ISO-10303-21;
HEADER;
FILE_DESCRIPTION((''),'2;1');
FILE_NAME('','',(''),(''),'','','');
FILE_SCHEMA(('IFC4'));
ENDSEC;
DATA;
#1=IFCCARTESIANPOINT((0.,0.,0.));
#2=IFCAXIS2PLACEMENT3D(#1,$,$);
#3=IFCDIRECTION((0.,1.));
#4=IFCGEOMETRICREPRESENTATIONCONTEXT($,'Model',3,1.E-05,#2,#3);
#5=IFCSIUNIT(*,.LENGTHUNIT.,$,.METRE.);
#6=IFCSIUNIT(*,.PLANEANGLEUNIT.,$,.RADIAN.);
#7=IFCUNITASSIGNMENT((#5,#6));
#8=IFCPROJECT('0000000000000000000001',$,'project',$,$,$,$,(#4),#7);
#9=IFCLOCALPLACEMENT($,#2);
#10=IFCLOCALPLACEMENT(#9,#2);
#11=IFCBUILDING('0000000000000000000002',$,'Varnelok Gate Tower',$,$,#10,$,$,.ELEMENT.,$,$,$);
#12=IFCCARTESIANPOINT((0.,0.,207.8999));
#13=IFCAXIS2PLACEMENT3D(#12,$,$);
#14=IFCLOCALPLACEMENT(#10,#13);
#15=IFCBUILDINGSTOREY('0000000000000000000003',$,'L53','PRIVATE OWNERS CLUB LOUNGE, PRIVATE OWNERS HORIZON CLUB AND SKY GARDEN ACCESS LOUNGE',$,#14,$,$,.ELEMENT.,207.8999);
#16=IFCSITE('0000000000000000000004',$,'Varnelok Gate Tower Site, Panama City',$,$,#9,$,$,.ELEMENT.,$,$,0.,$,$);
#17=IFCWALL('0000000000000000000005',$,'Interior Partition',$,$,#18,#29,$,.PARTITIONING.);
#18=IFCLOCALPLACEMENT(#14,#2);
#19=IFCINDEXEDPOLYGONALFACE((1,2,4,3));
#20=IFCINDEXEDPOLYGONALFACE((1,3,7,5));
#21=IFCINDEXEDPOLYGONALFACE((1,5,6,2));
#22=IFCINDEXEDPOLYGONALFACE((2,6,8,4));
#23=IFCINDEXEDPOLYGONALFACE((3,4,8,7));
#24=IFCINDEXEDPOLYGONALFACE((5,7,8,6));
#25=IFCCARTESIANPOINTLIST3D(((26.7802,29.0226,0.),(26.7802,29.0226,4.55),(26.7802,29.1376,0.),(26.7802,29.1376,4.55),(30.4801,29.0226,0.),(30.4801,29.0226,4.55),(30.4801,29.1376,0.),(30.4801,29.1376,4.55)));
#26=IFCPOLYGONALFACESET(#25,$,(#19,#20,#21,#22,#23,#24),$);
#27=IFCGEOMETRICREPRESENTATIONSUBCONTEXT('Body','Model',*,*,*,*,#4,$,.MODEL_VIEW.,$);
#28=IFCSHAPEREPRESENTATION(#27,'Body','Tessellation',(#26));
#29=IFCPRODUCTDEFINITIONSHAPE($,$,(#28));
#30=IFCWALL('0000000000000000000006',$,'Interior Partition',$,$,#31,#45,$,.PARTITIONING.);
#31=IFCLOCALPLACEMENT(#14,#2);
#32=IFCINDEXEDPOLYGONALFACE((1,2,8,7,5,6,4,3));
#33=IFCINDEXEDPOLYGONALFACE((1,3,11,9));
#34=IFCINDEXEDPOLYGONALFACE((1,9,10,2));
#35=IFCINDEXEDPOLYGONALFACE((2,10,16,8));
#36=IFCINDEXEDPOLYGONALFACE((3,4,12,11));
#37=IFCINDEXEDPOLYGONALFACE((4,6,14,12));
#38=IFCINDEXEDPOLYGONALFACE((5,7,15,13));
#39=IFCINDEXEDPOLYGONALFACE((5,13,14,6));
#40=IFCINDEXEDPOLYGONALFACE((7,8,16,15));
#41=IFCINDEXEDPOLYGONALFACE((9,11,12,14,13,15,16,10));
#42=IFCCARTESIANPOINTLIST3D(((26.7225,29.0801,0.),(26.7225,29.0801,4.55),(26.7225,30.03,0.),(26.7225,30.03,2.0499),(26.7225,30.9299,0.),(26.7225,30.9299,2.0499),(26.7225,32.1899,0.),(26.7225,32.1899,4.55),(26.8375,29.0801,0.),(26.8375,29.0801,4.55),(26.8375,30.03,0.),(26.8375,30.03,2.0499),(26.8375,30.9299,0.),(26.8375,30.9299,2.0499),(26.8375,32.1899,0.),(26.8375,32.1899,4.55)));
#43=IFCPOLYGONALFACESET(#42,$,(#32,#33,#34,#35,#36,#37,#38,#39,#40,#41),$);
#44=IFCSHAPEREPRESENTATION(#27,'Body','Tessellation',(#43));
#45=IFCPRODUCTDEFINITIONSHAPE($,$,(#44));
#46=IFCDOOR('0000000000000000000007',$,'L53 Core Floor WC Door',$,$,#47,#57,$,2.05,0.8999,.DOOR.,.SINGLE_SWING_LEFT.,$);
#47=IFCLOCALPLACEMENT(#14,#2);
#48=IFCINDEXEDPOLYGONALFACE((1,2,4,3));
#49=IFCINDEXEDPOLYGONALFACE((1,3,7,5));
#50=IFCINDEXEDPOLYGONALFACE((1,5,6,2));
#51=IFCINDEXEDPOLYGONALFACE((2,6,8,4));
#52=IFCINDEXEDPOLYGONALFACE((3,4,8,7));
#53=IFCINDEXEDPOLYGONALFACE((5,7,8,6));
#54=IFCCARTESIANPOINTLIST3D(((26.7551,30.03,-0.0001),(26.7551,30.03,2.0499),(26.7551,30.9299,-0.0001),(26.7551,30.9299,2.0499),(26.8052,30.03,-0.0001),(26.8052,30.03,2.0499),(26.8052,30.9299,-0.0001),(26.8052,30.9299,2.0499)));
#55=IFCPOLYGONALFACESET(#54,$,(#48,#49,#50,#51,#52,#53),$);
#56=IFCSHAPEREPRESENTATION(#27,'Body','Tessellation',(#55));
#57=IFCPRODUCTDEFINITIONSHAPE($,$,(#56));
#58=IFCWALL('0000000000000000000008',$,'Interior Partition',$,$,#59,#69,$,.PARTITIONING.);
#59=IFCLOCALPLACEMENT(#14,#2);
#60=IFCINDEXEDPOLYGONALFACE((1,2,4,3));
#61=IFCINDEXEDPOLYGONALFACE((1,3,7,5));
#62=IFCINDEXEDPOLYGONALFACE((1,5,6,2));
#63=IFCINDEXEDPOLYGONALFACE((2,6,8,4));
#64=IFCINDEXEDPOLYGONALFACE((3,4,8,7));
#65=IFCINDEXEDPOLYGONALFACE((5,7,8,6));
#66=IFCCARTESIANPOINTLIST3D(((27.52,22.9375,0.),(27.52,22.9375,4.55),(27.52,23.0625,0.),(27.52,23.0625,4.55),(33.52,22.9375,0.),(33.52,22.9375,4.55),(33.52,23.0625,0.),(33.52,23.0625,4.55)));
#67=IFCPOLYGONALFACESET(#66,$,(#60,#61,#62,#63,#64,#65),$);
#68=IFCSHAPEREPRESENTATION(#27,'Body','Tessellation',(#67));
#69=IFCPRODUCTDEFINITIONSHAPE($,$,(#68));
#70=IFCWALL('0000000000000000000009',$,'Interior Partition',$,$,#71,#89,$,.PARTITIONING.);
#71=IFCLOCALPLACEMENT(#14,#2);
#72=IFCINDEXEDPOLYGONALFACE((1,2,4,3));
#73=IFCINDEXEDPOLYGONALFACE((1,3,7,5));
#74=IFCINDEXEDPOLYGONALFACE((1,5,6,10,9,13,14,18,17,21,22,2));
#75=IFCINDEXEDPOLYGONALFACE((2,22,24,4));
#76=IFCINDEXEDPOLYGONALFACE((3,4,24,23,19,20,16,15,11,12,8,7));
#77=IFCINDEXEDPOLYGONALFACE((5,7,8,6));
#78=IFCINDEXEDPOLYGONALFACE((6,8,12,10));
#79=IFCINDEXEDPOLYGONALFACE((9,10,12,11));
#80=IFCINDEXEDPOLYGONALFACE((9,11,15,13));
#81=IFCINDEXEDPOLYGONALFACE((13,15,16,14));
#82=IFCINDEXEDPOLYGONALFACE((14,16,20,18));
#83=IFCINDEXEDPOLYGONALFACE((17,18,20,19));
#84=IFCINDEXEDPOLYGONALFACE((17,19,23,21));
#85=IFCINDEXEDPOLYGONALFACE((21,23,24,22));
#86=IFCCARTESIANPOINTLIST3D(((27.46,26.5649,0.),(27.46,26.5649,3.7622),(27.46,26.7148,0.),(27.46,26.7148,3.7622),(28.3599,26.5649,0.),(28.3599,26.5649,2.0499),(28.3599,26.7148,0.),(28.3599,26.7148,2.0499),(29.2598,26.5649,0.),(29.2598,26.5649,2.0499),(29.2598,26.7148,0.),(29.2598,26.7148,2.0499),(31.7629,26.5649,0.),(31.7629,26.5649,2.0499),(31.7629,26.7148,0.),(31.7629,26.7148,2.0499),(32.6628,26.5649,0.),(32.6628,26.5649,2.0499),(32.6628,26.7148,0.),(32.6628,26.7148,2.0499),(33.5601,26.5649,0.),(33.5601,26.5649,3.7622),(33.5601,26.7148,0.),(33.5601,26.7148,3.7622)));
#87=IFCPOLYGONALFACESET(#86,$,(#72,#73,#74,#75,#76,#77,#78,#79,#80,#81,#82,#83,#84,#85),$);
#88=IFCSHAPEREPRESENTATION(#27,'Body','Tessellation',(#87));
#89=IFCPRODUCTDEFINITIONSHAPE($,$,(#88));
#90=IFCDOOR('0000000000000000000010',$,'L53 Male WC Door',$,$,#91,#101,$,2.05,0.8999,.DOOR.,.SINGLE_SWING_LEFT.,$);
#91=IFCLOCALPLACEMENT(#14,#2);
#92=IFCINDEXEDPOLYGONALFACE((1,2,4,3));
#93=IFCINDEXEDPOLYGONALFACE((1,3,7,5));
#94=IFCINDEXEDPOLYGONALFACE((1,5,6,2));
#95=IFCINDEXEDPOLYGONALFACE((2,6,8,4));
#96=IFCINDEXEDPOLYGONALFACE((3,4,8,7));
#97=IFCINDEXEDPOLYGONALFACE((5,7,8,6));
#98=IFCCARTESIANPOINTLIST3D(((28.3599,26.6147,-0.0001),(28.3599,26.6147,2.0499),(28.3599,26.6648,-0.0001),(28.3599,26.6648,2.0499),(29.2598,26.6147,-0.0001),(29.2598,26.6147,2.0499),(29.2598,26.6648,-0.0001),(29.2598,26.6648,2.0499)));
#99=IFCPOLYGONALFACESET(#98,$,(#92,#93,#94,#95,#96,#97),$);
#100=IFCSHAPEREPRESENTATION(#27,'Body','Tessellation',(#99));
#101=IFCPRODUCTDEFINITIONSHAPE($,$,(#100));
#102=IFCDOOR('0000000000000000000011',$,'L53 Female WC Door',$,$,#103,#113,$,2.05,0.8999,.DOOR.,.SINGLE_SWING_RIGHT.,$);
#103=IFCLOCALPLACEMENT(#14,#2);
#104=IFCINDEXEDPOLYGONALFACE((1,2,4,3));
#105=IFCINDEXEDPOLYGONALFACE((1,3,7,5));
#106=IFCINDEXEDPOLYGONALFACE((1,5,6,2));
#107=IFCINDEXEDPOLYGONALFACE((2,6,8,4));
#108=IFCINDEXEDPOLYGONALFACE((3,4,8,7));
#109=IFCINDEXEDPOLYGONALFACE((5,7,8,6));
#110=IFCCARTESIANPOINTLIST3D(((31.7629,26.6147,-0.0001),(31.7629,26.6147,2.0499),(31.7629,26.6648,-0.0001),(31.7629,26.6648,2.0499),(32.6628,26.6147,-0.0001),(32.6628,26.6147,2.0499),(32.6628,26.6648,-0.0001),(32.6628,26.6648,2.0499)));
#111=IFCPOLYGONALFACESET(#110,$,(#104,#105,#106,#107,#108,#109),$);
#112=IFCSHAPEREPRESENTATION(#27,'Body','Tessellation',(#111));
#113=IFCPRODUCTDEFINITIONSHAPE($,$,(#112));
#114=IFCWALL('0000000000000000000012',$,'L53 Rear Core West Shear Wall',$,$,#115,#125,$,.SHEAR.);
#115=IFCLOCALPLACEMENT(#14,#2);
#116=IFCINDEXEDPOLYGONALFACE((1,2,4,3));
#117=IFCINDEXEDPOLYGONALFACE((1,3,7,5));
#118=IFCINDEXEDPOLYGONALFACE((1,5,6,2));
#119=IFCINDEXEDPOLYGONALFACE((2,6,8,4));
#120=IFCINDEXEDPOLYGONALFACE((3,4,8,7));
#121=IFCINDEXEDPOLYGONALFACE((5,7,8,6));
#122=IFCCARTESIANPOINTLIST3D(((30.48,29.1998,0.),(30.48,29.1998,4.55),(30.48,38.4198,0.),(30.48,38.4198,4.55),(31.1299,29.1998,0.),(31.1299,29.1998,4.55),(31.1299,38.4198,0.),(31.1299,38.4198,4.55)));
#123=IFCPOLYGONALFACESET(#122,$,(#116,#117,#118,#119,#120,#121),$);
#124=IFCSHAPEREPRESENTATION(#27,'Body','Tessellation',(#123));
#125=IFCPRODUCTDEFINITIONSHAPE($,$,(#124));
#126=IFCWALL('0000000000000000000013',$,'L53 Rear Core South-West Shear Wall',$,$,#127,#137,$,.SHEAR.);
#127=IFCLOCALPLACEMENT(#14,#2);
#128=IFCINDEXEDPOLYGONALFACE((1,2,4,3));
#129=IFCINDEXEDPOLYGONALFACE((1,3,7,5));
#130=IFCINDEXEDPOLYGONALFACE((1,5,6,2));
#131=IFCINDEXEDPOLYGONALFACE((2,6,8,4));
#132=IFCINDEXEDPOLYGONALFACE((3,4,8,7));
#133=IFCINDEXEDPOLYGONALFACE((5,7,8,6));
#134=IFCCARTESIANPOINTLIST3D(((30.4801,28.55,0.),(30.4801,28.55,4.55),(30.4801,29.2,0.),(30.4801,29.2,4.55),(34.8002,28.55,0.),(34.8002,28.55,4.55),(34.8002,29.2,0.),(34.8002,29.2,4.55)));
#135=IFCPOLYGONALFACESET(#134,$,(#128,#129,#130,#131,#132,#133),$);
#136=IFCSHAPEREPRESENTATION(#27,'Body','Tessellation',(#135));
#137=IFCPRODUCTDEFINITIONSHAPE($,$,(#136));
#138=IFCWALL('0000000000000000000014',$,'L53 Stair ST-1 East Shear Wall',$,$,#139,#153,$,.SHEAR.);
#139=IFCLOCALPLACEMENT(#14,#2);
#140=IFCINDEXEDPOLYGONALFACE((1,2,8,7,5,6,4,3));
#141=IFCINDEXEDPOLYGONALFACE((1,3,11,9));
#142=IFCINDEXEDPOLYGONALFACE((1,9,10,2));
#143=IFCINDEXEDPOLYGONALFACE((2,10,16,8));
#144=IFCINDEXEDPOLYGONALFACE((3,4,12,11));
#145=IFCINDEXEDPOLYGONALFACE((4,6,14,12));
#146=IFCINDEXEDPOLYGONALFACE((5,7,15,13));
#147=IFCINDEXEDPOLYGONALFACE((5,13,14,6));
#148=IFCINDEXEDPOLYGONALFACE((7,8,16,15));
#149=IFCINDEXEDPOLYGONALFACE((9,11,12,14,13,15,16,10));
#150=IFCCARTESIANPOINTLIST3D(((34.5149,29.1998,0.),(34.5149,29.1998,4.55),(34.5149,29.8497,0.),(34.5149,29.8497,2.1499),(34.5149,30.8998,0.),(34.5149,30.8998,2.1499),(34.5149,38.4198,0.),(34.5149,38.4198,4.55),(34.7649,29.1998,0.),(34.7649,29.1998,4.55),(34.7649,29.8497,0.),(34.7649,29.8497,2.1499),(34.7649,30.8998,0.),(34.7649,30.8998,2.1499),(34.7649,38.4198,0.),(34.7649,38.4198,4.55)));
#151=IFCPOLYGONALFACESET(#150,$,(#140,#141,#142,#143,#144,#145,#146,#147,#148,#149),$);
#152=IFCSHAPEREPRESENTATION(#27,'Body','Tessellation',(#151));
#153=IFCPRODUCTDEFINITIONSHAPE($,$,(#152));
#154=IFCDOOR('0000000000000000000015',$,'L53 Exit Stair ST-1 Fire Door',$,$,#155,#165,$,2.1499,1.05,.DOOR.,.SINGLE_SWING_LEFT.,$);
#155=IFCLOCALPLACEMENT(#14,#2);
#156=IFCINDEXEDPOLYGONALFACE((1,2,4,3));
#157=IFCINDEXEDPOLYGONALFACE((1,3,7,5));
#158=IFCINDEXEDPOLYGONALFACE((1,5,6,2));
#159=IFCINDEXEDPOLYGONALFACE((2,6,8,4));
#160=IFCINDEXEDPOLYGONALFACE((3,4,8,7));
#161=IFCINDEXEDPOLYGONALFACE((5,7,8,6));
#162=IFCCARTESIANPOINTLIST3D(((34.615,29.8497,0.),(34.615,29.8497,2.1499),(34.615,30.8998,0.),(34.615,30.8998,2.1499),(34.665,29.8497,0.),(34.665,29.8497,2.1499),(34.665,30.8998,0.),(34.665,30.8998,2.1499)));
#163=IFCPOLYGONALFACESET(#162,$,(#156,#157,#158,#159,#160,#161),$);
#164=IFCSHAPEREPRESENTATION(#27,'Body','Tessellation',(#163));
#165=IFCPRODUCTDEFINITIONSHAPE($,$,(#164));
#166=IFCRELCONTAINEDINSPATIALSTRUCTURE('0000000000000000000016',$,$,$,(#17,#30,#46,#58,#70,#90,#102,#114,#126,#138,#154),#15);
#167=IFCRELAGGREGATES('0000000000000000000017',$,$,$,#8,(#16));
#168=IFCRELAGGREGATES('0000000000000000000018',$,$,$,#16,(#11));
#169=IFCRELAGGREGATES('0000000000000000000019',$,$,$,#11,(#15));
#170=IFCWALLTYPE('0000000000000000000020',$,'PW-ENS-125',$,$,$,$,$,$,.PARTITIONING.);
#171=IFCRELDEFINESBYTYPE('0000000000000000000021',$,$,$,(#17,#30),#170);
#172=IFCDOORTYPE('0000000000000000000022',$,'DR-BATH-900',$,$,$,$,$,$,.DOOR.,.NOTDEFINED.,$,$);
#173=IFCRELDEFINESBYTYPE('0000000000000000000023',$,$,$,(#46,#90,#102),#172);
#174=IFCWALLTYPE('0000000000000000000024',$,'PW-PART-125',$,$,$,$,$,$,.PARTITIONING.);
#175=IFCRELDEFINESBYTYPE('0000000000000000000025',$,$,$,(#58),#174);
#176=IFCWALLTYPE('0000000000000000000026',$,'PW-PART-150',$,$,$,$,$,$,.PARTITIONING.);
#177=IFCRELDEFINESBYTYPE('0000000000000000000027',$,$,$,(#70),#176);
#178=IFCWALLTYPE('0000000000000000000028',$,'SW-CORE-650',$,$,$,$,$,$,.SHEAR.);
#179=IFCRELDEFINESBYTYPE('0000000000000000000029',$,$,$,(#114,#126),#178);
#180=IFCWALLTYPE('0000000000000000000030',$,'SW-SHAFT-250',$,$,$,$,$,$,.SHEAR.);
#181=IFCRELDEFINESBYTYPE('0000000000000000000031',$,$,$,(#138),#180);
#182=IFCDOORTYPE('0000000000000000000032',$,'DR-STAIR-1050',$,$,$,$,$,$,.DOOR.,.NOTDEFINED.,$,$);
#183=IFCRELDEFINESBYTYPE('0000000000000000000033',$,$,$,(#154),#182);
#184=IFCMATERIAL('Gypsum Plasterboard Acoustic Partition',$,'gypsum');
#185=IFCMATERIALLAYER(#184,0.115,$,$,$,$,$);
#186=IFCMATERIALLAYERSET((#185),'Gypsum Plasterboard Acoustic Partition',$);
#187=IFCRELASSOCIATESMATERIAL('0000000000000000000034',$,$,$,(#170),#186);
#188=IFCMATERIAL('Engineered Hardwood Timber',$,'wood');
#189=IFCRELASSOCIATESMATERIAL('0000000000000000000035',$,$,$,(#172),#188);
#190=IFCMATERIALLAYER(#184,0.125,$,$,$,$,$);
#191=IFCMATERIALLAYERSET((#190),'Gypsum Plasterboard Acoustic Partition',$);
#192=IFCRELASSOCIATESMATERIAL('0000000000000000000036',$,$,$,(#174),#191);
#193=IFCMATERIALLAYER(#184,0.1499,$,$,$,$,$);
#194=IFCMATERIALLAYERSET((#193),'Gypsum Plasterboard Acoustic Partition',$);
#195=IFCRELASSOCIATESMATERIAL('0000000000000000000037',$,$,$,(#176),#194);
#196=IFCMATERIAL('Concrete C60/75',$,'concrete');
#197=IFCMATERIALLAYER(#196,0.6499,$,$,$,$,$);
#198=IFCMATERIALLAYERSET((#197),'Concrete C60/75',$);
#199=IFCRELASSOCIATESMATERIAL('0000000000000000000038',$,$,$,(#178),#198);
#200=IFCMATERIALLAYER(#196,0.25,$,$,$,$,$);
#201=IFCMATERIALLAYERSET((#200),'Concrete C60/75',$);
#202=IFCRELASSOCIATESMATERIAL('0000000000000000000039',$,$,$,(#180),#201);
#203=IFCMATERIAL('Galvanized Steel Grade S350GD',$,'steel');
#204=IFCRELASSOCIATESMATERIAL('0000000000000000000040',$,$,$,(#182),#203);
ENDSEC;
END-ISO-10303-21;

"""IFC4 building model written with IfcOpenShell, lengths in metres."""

from ifc_helpers import new_model, si_unit, direction, frame, frame_2d, origin, place, context, subcontext, project, spatial, rectangle, extrude, material, layer, layer_set, type_object, element, fill, save


model = new_model("IFC4")

# Units and contexts
model_context = context("Model", 3, precision=1e-05, world=origin(), true_north=direction((0.0, 1.0)))
body_context = subcontext(model_context, "Body", "Model", "MODEL_VIEW")
ifc_project = project(units=[si_unit("LENGTHUNIT", "METRE"), si_unit("PLANEANGLEUNIT", "RADIAN")], contexts=[model_context])

# Site, building, storey
site_placement = place(None, origin())
site = spatial("IfcSite", under=ifc_project, at=site_placement, Name="Varnelok Gate Tower Site, Panama City", CompositionType="ELEMENT", RefElevation=0.0)
building_placement = place(site_placement, origin())
building = spatial("IfcBuilding", under=site, at=building_placement, Name="Varnelok Gate Tower", CompositionType="ELEMENT")
storey_placement = place(building_placement, frame((0.0, 0.0, 207.8999)))
storey = spatial("IfcBuildingStorey", under=building, at=storey_placement, Name="L53", Description="PRIVATE OWNERS CLUB LOUNGE, PRIVATE OWNERS HORIZON CLUB AND SKY GARDEN ACCESS LOUNGE", CompositionType="ELEMENT", Elevation=207.8999)

# Shared definitions
ifc_material_1 = material(Name="Concrete C60/75", Category="concrete")

# Wall
ifc_material_2 = material(Name="Gypsum Plasterboard Acoustic Partition", Category="gypsum")
ifc_layer_1 = layer(ifc_material_2, 0.115)
ifc_layer_set_1 = layer_set([ifc_layer_1], Name="Gypsum Plasterboard Acoustic Partition")
wall_type_1 = type_object("IfcWallType", Name="PW-ENS-125", PredefinedType="PARTITIONING", material=ifc_layer_set_1)
wall_1_placement = place(storey_placement, frame((26.78, 29.0801, 0.0), z_axis=(0.0, 0.0, 1.0), x_axis=(1.0, 0.0, 0.0)))
element("IfcWall", 1, at=wall_1_placement, inside=storey, type_object=wall_type_1, Name="Interior Partition", PredefinedType="PARTITIONING", context=body_context, shape_type="SweptSolid", body=[
    extrude(rectangle(XDim=3.7, YDim=0.115, at=frame_2d((1.8501, 0.0))), origin(), (0.0, 0.0, 1.0), 4.55),
])

# Wall, opening, door
wall_2_placement = place(storey_placement, frame((26.78, 29.0801, 0.0), z_axis=(0.0, 0.0, 1.0), x_axis=(0.0, 1.0, 0.0)))
wall_2 = element("IfcWall", 2, at=wall_2_placement, inside=storey, type_object=wall_type_1, Name="Interior Partition", PredefinedType="PARTITIONING", context=body_context, shape_type="SweptSolid", body=[
    extrude(rectangle(XDim=3.1099, YDim=0.115, at=frame_2d((1.5549, 0.0))), origin(), (0.0, 0.0, 1.0), 4.55),
])
opening_1_placement = place(wall_2_placement, frame((0.95, 0.0, 0.0)))
opening_1 = element("IfcOpeningElement", 3, at=opening_1_placement, cuts=wall_2, PredefinedType="OPENING", context=body_context, shape_type="SweptSolid", body=[
    extrude(rectangle(XDim=0.8999, YDim=2.05, at=frame_2d((0.45, 1.0249))), frame((0.0, 0.0674, 0.0), z_axis=(0.0, -1.0, 0.0), x_axis=(1.0, 0.0, 0.0)), (0.0, 0.0, 1.0), 0.135),
])
ifc_material_3 = material(Name="Engineered Hardwood Timber", Category="wood")
door_type_1 = type_object("IfcDoorType", Name="DR-BATH-900", OperationType="NOTDEFINED", PredefinedType="DOOR", material=ifc_material_3)
door_1_placement = place(opening_1_placement, origin())
door_1 = element("IfcDoor", 4, at=door_1_placement, inside=storey, type_object=door_type_1, Name="L53 Core Floor WC Door", OperationType="SINGLE_SWING_LEFT", OverallHeight=2.05, OverallWidth=0.8999, PredefinedType="DOOR", context=body_context, shape_type="SweptSolid", body=[
    extrude(rectangle(XDim=0.8999, YDim=2.05, at=frame_2d((0.45, 1.0249))), frame((0.0, 0.0249, 0.0), z_axis=(0.0, -1.0, 0.0), x_axis=(1.0, 0.0, 0.0)), (0.0, 0.0, 1.0), 0.05),
])
fill(opening_1, door_1)

# Wall
ifc_layer_2 = layer(ifc_material_2, 0.125)
ifc_layer_set_2 = layer_set([ifc_layer_2], Name="Gypsum Plasterboard Acoustic Partition")
wall_type_2 = type_object("IfcWallType", Name="PW-PART-125", PredefinedType="PARTITIONING", material=ifc_layer_set_2)
wall_3_placement = place(storey_placement, frame((27.52, 23.0, 0.0), z_axis=(0.0, 0.0, 1.0), x_axis=(1.0, 0.0, 0.0)))
element("IfcWall", 5, at=wall_3_placement, inside=storey, type_object=wall_type_2, Name="Interior Partition", PredefinedType="PARTITIONING", context=body_context, shape_type="SweptSolid", body=[
    extrude(rectangle(XDim=6.0, YDim=0.125, at=frame_2d((3.0, 0.0))), origin(), (0.0, 0.0, 1.0), 4.55),
])

# Wall, openings, doors
ifc_layer_3 = layer(ifc_material_2, 0.1499)
ifc_layer_set_3 = layer_set([ifc_layer_3], Name="Gypsum Plasterboard Acoustic Partition")
wall_type_3 = type_object("IfcWallType", Name="PW-PART-150", PredefinedType="PARTITIONING", material=ifc_layer_set_3)
wall_4_placement = place(storey_placement, frame((27.46, 26.6399, 0.0), z_axis=(0.0, 0.0, 1.0), x_axis=(1.0, 0.0, 0.0)))
wall_4 = element("IfcWall", 6, at=wall_4_placement, inside=storey, type_object=wall_type_3, Name="Interior Partition", PredefinedType="PARTITIONING", context=body_context, shape_type="SweptSolid", body=[
    extrude(rectangle(XDim=6.1001, YDim=0.1499, at=frame_2d((3.05, 0.0))), origin(), (0.0, 0.0, 1.0), 3.7622),
])
opening_2_placement = place(wall_4_placement, frame((0.8999, 0.0, 0.0)))
opening_2 = element("IfcOpeningElement", 7, at=opening_2_placement, cuts=wall_4, PredefinedType="OPENING", context=body_context, shape_type="SweptSolid", body=[
    extrude(rectangle(XDim=0.8999, YDim=2.05, at=frame_2d((0.45, 1.0249))), frame((0.0, 0.085, 0.0), z_axis=(0.0, -1.0, 0.0), x_axis=(1.0, 0.0, 0.0)), (0.0, 0.0, 1.0), 0.1699),
])
opening_3_placement = place(wall_4_placement, frame((4.303, 0.0, 0.0)))
opening_3 = element("IfcOpeningElement", 8, at=opening_3_placement, cuts=wall_4, PredefinedType="OPENING", context=body_context, shape_type="SweptSolid", body=[
    extrude(rectangle(XDim=0.8999, YDim=2.05, at=frame_2d((0.45, 1.0249))), frame((0.0, 0.085, 0.0), z_axis=(0.0, -1.0, 0.0), x_axis=(1.0, 0.0, 0.0)), (0.0, 0.0, 1.0), 0.1699),
])
door_2_placement = place(opening_2_placement, origin())
door_2 = element("IfcDoor", 9, at=door_2_placement, inside=storey, type_object=door_type_1, Name="L53 Male WC Door", OperationType="SINGLE_SWING_LEFT", OverallHeight=2.05, OverallWidth=0.8999, PredefinedType="DOOR", context=body_context, shape_type="SweptSolid", body=[
    extrude(rectangle(XDim=0.8999, YDim=2.05, at=frame_2d((0.45, 1.0249))), frame((0.0, 0.0249, 0.0), z_axis=(0.0, -1.0, 0.0), x_axis=(1.0, 0.0, 0.0)), (0.0, 0.0, 1.0), 0.05),
])
fill(opening_2, door_2)
door_3_placement = place(opening_3_placement, origin())
door_3 = element("IfcDoor", 10, at=door_3_placement, inside=storey, type_object=door_type_1, Name="L53 Female WC Door", OperationType="SINGLE_SWING_RIGHT", OverallHeight=2.05, OverallWidth=0.8999, PredefinedType="DOOR", context=body_context, shape_type="SweptSolid", body=[
    extrude(rectangle(XDim=0.8999, YDim=2.05, at=frame_2d((0.45, 1.0249))), frame((0.0, 0.0249, 0.0), z_axis=(0.0, -1.0, 0.0), x_axis=(1.0, 0.0, 0.0)), (0.0, 0.0, 1.0), 0.05),
])
fill(opening_3, door_3)

# Walls
ifc_layer_4 = layer(ifc_material_1, 0.6499)
ifc_layer_set_4 = layer_set([ifc_layer_4], Name="Concrete C60/75")
wall_type_4 = type_object("IfcWallType", Name="SW-CORE-650", PredefinedType="SHEAR", material=ifc_layer_set_4)
wall_5_placement = place(storey_placement, frame((30.8049, 29.2, 0.0), z_axis=(0.0, 0.0, 1.0), x_axis=(0.0, 1.0, 0.0)))
element("IfcWall", 11, at=wall_5_placement, inside=storey, type_object=wall_type_4, Name="L53 Rear Core West Shear Wall", PredefinedType="SHEAR", context=body_context, shape_type="SweptSolid", body=[
    extrude(rectangle(XDim=9.22, YDim=0.6499, at=frame_2d((4.6099, 0.0))), origin(), (0.0, 0.0, 1.0), 4.55),
])
wall_6_placement = place(storey_placement, frame((30.48, 28.875, 0.0), z_axis=(0.0, 0.0, 1.0), x_axis=(1.0, 0.0, 0.0)))
element("IfcWall", 12, at=wall_6_placement, inside=storey, type_object=wall_type_4, Name="L53 Rear Core South-West Shear Wall", PredefinedType="SHEAR", context=body_context, shape_type="SweptSolid", body=[
    extrude(rectangle(XDim=4.3201, YDim=0.6499, at=frame_2d((2.1602, 0.0))), origin(), (0.0, 0.0, 1.0), 4.55),
])

# Wall, opening, door
ifc_layer_5 = layer(ifc_material_1, 0.25)
ifc_layer_set_5 = layer_set([ifc_layer_5], Name="Concrete C60/75")
wall_type_5 = type_object("IfcWallType", Name="SW-SHAFT-250", PredefinedType="SHEAR", material=ifc_layer_set_5)
wall_7_placement = place(storey_placement, frame((34.6399, 29.2, 0.0), z_axis=(0.0, 0.0, 1.0), x_axis=(0.0, 1.0, 0.0)))
wall_7 = element("IfcWall", 13, at=wall_7_placement, inside=storey, type_object=wall_type_5, Name="L53 Stair ST-1 East Shear Wall", PredefinedType="SHEAR", context=body_context, shape_type="SweptSolid", body=[
    extrude(rectangle(XDim=9.22, YDim=0.25, at=frame_2d((4.6099, 0.0))), origin(), (0.0, 0.0, 1.0), 4.55),
])
opening_4_placement = place(wall_7_placement, frame((0.6499, 0.0, 0.0)))
opening_4 = element("IfcOpeningElement", 14, at=opening_4_placement, cuts=wall_7, PredefinedType="OPENING", context=body_context, shape_type="SweptSolid", body=[
    extrude(rectangle(XDim=1.05, YDim=2.1499, at=frame_2d((0.5249, 1.075))), frame((0.0, 0.135, 0.0), z_axis=(0.0, -1.0, 0.0), x_axis=(1.0, 0.0, 0.0)), (0.0, 0.0, 1.0), 0.27),
])
ifc_material_4 = material(Name="Galvanized Steel Grade S350GD", Category="steel")
door_type_2 = type_object("IfcDoorType", Name="DR-STAIR-1050", OperationType="NOTDEFINED", PredefinedType="DOOR", material=ifc_material_4)
door_4_placement = place(opening_4_placement, origin())
door_4 = element("IfcDoor", 15, at=door_4_placement, inside=storey, type_object=door_type_2, Name="L53 Exit Stair ST-1 Fire Door", OperationType="SINGLE_SWING_LEFT", OverallHeight=2.1499, OverallWidth=1.05, PredefinedType="DOOR", context=body_context, shape_type="SweptSolid", body=[
    extrude(rectangle(XDim=1.05, YDim=2.1499, at=frame_2d((0.5249, 1.075))), frame((0.0, 0.0249, 0.0), z_axis=(0.0, -1.0, 0.0), x_axis=(1.0, 0.0, 0.0)), (0.0, 0.0, 1.0), 0.05),
])
fill(opening_4, door_4)

save(model, "model.ifc")
